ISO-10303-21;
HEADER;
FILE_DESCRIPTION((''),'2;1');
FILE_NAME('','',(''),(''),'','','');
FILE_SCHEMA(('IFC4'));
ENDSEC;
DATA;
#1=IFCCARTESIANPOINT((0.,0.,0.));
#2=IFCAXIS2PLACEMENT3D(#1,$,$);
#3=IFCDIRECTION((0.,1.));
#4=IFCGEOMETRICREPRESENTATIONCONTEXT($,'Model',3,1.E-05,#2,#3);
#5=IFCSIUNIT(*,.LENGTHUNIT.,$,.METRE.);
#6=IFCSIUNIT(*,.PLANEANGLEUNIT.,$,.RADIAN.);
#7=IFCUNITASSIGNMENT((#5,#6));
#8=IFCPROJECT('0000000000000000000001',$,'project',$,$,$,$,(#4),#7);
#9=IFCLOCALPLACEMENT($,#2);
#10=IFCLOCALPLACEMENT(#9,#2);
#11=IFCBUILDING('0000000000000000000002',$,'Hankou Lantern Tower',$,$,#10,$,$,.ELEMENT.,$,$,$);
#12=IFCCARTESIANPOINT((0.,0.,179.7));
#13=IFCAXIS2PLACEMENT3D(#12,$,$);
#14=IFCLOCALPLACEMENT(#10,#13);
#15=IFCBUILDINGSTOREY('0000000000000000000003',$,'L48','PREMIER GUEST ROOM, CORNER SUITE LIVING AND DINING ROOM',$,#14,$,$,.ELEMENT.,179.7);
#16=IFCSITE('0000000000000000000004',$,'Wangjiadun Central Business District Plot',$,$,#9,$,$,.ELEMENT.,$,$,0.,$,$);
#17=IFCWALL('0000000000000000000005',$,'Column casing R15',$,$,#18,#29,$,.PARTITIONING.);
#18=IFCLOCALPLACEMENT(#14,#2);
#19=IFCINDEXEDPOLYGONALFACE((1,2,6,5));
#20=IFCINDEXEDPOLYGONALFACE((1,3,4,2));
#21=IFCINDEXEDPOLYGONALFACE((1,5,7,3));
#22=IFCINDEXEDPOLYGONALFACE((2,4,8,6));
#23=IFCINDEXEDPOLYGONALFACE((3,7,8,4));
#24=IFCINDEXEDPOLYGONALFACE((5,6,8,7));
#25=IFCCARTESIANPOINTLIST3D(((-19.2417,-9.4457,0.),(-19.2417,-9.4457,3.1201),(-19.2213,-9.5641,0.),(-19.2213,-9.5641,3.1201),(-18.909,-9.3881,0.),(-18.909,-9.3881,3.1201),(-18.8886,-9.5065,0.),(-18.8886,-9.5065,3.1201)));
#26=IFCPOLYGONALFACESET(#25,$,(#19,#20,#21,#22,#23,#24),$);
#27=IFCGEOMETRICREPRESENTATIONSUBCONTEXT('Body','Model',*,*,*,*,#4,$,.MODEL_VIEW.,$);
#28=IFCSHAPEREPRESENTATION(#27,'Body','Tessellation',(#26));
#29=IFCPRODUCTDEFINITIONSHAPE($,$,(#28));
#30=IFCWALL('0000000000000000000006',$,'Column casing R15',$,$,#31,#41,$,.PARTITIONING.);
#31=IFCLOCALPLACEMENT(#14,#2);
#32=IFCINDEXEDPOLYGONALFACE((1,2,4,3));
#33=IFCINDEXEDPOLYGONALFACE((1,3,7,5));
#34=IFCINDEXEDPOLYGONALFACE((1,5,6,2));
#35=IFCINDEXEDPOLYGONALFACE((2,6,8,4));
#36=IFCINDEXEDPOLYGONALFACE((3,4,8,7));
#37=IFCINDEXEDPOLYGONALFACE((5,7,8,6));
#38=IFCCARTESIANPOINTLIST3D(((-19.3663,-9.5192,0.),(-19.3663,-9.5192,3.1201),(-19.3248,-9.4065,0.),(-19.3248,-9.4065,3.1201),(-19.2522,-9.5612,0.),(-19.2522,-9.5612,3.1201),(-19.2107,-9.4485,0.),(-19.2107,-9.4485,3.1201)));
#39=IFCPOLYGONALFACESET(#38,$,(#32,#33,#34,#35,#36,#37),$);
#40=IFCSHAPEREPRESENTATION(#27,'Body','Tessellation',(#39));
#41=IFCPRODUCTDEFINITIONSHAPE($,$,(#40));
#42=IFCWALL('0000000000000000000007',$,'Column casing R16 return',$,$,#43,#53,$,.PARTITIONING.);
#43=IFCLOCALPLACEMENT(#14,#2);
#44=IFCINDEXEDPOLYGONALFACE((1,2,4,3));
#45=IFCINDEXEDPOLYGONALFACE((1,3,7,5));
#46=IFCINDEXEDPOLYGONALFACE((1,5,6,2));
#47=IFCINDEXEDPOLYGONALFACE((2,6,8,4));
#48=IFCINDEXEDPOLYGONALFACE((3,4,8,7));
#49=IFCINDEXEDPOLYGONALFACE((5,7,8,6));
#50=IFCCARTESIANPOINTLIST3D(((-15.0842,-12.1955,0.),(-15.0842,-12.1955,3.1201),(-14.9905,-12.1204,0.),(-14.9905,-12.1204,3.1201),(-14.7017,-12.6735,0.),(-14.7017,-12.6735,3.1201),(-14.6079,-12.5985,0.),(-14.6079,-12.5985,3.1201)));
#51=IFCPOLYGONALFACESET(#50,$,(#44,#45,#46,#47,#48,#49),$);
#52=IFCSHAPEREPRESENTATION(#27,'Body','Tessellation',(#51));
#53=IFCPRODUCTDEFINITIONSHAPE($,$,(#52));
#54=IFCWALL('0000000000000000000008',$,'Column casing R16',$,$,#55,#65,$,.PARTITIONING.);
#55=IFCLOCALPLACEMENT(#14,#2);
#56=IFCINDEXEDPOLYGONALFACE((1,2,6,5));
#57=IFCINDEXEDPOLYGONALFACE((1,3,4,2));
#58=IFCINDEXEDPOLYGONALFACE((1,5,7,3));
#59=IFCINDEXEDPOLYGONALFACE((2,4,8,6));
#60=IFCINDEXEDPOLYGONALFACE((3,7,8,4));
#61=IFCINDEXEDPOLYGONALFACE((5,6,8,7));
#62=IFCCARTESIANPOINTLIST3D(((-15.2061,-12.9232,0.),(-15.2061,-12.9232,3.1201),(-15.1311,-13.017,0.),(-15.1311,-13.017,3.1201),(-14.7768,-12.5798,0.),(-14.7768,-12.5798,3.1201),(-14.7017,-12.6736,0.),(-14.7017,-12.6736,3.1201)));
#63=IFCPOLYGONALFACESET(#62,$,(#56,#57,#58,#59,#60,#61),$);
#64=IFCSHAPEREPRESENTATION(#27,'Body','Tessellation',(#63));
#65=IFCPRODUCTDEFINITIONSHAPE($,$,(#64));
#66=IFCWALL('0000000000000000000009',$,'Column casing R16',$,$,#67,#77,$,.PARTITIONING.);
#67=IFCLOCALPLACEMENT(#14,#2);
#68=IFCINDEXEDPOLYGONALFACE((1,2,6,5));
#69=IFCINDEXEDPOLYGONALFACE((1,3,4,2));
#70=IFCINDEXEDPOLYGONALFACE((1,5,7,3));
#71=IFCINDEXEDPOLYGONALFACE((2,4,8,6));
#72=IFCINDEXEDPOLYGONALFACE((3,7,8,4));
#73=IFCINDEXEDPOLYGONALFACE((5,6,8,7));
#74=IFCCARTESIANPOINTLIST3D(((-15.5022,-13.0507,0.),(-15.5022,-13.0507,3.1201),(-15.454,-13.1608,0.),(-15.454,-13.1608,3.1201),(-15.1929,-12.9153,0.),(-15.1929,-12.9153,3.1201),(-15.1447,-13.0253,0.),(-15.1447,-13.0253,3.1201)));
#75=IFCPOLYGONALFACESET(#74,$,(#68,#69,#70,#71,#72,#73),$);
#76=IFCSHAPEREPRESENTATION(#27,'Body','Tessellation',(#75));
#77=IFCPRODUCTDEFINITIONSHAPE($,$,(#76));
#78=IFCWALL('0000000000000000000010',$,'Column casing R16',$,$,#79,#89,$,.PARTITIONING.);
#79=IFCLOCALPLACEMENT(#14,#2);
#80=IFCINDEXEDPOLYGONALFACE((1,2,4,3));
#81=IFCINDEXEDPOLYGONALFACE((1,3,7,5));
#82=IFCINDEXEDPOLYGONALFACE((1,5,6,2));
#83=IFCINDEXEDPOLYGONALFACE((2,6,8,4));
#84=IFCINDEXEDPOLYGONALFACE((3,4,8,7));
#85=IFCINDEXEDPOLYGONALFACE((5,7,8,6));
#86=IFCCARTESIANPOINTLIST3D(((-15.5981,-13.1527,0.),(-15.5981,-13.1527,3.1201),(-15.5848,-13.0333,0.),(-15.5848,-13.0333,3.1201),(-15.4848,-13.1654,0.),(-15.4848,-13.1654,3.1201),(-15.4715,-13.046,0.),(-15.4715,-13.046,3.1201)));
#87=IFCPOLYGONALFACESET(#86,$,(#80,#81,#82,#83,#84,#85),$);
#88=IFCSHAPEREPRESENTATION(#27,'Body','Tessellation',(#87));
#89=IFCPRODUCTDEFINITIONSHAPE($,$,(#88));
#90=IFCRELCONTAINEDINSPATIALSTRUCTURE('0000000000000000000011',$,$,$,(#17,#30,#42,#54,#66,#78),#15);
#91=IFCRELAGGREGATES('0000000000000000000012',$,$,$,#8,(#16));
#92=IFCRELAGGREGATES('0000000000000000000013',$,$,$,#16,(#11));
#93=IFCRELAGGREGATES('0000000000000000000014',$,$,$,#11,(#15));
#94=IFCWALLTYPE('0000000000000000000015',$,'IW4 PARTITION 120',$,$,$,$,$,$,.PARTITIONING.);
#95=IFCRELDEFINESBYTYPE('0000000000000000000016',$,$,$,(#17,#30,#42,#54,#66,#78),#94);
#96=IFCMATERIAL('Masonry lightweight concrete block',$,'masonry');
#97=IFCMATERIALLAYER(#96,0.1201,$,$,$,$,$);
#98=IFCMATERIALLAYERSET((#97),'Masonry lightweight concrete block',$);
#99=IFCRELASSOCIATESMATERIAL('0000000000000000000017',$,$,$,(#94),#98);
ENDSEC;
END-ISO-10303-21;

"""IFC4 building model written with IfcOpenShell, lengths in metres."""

from ifc_helpers import new_model, si_unit, direction, frame, frame_2d, origin, place, context, subcontext, project, spatial, rectangle, extrude, material, layer, layer_set, type_object, element, save


model = new_model("IFC4")

# Units and contexts
model_context = context("Model", 3, precision=1e-05, world=origin(), true_north=direction((0.0, 1.0)))
body_context = subcontext(model_context, "Body", "Model", "MODEL_VIEW")
ifc_project = project(units=[si_unit("LENGTHUNIT", "METRE"), si_unit("PLANEANGLEUNIT", "RADIAN")], contexts=[model_context])

# Site, building, storey
site_placement = place(None, origin())
site = spatial("IfcSite", under=ifc_project, at=site_placement, Name="Wangjiadun Central Business District Plot", CompositionType="ELEMENT", RefElevation=0.0)
building_placement = place(site_placement, origin())
building = spatial("IfcBuilding", under=site, at=building_placement, Name="Hankou Lantern Tower", CompositionType="ELEMENT")
storey_placement = place(building_placement, frame((0.0, 0.0, 179.7)))
storey = spatial("IfcBuildingStorey", under=building, at=storey_placement, Name="L48", Description="PREMIER GUEST ROOM, CORNER SUITE LIVING AND DINING ROOM", CompositionType="ELEMENT", Elevation=179.7)

# Walls
ifc_material_1 = material(Name="Masonry lightweight concrete block", Category="masonry")
ifc_layer_1 = layer(ifc_material_1, 0.1201)
ifc_layer_set_1 = layer_set([ifc_layer_1], Name="Masonry lightweight concrete block")
wall_type_1 = type_object("IfcWallType", Name="IW4 PARTITION 120", PredefinedType="PARTITIONING", material=ifc_layer_set_1)
wall_1_placement = place(storey_placement, frame((-18.8987, -9.4473, 0.0), z_axis=(0.0, 0.0, 1.0), x_axis=(-0.985339, -0.170609, 0.0)))
element("IfcWall", 1, at=wall_1_placement, inside=storey, type_object=wall_type_1, Name="Column casing R15", PredefinedType="PARTITIONING", context=body_context, shape_type="SweptSolid", body=[
    extrude(rectangle(XDim=0.3376, YDim=0.1201, at=frame_2d((0.1689, 0.0))), origin(), (0.0, 0.0, 1.0), 3.1201),
])
wall_2_placement = place(storey_placement, frame((-19.2314, -9.5049, 0.0), z_axis=(0.0, 0.0, 1.0), x_axis=(-0.938377, 0.345612, 0.0)))
element("IfcWall", 2, at=wall_2_placement, inside=storey, type_object=wall_type_1, Name="Column casing R15", PredefinedType="PARTITIONING", context=body_context, shape_type="SweptSolid", body=[
    extrude(rectangle(XDim=0.1216, YDim=0.1201, at=frame_2d((0.0608, 0.0))), origin(), (0.0, 0.0, 1.0), 3.1201),
])
wall_3_placement = place(storey_placement, frame((-15.0374, -12.158, 0.0), z_axis=(0.0, 0.0, 1.0), x_axis=(0.624841, -0.780752, 0.0)))
element("IfcWall", 3, at=wall_3_placement, inside=storey, type_object=wall_type_1, Name="Column casing R16 return", PredefinedType="PARTITIONING", context=body_context, shape_type="SweptSolid", body=[
    extrude(rectangle(XDim=0.6123, YDim=0.1201, at=frame_2d((0.3062, 0.0))), origin(), (0.0, 0.0, 1.0), 3.1201),
])
wall_4_placement = place(storey_placement, frame((-14.7393, -12.6267, 0.0), z_axis=(0.0, 0.0, 1.0), x_axis=(-0.780912, -0.624641, 0.0)))
element("IfcWall", 4, at=wall_4_placement, inside=storey, type_object=wall_type_1, Name="Column casing R16", PredefinedType="PARTITIONING", context=body_context, shape_type="SweptSolid", body=[
    extrude(rectangle(XDim=0.5498, YDim=0.1201, at=frame_2d((0.2749, 0.0))), origin(), (0.0, 0.0, 1.0), 3.1201),
])
wall_5_placement = place(storey_placement, frame((-15.1687, -12.9702, 0.0), z_axis=(0.0, 0.0, 1.0), x_axis=(-0.915975, -0.401236, 0.0)))
element("IfcWall", 5, at=wall_5_placement, inside=storey, type_object=wall_type_1, Name="Column casing R16", PredefinedType="PARTITIONING", context=body_context, shape_type="SweptSolid", body=[
    extrude(rectangle(XDim=0.3376, YDim=0.1201, at=frame_2d((0.1689, 0.0))), origin(), (0.0, 0.0, 1.0), 3.1201),
])
wall_6_placement = place(storey_placement, frame((-15.478, -13.1057, 0.0), z_axis=(0.0, 0.0, 1.0), x_axis=(-0.993779, 0.111372, 0.0)))
element("IfcWall", 6, at=wall_6_placement, inside=storey, type_object=wall_type_1, Name="Column casing R16", PredefinedType="PARTITIONING", context=body_context, shape_type="SweptSolid", body=[
    extrude(rectangle(XDim=0.114, YDim=0.1201, at=frame_2d((0.0571, 0.0))), origin(), (0.0, 0.0, 1.0), 3.1201),
])

save(model, "model.ifc")
